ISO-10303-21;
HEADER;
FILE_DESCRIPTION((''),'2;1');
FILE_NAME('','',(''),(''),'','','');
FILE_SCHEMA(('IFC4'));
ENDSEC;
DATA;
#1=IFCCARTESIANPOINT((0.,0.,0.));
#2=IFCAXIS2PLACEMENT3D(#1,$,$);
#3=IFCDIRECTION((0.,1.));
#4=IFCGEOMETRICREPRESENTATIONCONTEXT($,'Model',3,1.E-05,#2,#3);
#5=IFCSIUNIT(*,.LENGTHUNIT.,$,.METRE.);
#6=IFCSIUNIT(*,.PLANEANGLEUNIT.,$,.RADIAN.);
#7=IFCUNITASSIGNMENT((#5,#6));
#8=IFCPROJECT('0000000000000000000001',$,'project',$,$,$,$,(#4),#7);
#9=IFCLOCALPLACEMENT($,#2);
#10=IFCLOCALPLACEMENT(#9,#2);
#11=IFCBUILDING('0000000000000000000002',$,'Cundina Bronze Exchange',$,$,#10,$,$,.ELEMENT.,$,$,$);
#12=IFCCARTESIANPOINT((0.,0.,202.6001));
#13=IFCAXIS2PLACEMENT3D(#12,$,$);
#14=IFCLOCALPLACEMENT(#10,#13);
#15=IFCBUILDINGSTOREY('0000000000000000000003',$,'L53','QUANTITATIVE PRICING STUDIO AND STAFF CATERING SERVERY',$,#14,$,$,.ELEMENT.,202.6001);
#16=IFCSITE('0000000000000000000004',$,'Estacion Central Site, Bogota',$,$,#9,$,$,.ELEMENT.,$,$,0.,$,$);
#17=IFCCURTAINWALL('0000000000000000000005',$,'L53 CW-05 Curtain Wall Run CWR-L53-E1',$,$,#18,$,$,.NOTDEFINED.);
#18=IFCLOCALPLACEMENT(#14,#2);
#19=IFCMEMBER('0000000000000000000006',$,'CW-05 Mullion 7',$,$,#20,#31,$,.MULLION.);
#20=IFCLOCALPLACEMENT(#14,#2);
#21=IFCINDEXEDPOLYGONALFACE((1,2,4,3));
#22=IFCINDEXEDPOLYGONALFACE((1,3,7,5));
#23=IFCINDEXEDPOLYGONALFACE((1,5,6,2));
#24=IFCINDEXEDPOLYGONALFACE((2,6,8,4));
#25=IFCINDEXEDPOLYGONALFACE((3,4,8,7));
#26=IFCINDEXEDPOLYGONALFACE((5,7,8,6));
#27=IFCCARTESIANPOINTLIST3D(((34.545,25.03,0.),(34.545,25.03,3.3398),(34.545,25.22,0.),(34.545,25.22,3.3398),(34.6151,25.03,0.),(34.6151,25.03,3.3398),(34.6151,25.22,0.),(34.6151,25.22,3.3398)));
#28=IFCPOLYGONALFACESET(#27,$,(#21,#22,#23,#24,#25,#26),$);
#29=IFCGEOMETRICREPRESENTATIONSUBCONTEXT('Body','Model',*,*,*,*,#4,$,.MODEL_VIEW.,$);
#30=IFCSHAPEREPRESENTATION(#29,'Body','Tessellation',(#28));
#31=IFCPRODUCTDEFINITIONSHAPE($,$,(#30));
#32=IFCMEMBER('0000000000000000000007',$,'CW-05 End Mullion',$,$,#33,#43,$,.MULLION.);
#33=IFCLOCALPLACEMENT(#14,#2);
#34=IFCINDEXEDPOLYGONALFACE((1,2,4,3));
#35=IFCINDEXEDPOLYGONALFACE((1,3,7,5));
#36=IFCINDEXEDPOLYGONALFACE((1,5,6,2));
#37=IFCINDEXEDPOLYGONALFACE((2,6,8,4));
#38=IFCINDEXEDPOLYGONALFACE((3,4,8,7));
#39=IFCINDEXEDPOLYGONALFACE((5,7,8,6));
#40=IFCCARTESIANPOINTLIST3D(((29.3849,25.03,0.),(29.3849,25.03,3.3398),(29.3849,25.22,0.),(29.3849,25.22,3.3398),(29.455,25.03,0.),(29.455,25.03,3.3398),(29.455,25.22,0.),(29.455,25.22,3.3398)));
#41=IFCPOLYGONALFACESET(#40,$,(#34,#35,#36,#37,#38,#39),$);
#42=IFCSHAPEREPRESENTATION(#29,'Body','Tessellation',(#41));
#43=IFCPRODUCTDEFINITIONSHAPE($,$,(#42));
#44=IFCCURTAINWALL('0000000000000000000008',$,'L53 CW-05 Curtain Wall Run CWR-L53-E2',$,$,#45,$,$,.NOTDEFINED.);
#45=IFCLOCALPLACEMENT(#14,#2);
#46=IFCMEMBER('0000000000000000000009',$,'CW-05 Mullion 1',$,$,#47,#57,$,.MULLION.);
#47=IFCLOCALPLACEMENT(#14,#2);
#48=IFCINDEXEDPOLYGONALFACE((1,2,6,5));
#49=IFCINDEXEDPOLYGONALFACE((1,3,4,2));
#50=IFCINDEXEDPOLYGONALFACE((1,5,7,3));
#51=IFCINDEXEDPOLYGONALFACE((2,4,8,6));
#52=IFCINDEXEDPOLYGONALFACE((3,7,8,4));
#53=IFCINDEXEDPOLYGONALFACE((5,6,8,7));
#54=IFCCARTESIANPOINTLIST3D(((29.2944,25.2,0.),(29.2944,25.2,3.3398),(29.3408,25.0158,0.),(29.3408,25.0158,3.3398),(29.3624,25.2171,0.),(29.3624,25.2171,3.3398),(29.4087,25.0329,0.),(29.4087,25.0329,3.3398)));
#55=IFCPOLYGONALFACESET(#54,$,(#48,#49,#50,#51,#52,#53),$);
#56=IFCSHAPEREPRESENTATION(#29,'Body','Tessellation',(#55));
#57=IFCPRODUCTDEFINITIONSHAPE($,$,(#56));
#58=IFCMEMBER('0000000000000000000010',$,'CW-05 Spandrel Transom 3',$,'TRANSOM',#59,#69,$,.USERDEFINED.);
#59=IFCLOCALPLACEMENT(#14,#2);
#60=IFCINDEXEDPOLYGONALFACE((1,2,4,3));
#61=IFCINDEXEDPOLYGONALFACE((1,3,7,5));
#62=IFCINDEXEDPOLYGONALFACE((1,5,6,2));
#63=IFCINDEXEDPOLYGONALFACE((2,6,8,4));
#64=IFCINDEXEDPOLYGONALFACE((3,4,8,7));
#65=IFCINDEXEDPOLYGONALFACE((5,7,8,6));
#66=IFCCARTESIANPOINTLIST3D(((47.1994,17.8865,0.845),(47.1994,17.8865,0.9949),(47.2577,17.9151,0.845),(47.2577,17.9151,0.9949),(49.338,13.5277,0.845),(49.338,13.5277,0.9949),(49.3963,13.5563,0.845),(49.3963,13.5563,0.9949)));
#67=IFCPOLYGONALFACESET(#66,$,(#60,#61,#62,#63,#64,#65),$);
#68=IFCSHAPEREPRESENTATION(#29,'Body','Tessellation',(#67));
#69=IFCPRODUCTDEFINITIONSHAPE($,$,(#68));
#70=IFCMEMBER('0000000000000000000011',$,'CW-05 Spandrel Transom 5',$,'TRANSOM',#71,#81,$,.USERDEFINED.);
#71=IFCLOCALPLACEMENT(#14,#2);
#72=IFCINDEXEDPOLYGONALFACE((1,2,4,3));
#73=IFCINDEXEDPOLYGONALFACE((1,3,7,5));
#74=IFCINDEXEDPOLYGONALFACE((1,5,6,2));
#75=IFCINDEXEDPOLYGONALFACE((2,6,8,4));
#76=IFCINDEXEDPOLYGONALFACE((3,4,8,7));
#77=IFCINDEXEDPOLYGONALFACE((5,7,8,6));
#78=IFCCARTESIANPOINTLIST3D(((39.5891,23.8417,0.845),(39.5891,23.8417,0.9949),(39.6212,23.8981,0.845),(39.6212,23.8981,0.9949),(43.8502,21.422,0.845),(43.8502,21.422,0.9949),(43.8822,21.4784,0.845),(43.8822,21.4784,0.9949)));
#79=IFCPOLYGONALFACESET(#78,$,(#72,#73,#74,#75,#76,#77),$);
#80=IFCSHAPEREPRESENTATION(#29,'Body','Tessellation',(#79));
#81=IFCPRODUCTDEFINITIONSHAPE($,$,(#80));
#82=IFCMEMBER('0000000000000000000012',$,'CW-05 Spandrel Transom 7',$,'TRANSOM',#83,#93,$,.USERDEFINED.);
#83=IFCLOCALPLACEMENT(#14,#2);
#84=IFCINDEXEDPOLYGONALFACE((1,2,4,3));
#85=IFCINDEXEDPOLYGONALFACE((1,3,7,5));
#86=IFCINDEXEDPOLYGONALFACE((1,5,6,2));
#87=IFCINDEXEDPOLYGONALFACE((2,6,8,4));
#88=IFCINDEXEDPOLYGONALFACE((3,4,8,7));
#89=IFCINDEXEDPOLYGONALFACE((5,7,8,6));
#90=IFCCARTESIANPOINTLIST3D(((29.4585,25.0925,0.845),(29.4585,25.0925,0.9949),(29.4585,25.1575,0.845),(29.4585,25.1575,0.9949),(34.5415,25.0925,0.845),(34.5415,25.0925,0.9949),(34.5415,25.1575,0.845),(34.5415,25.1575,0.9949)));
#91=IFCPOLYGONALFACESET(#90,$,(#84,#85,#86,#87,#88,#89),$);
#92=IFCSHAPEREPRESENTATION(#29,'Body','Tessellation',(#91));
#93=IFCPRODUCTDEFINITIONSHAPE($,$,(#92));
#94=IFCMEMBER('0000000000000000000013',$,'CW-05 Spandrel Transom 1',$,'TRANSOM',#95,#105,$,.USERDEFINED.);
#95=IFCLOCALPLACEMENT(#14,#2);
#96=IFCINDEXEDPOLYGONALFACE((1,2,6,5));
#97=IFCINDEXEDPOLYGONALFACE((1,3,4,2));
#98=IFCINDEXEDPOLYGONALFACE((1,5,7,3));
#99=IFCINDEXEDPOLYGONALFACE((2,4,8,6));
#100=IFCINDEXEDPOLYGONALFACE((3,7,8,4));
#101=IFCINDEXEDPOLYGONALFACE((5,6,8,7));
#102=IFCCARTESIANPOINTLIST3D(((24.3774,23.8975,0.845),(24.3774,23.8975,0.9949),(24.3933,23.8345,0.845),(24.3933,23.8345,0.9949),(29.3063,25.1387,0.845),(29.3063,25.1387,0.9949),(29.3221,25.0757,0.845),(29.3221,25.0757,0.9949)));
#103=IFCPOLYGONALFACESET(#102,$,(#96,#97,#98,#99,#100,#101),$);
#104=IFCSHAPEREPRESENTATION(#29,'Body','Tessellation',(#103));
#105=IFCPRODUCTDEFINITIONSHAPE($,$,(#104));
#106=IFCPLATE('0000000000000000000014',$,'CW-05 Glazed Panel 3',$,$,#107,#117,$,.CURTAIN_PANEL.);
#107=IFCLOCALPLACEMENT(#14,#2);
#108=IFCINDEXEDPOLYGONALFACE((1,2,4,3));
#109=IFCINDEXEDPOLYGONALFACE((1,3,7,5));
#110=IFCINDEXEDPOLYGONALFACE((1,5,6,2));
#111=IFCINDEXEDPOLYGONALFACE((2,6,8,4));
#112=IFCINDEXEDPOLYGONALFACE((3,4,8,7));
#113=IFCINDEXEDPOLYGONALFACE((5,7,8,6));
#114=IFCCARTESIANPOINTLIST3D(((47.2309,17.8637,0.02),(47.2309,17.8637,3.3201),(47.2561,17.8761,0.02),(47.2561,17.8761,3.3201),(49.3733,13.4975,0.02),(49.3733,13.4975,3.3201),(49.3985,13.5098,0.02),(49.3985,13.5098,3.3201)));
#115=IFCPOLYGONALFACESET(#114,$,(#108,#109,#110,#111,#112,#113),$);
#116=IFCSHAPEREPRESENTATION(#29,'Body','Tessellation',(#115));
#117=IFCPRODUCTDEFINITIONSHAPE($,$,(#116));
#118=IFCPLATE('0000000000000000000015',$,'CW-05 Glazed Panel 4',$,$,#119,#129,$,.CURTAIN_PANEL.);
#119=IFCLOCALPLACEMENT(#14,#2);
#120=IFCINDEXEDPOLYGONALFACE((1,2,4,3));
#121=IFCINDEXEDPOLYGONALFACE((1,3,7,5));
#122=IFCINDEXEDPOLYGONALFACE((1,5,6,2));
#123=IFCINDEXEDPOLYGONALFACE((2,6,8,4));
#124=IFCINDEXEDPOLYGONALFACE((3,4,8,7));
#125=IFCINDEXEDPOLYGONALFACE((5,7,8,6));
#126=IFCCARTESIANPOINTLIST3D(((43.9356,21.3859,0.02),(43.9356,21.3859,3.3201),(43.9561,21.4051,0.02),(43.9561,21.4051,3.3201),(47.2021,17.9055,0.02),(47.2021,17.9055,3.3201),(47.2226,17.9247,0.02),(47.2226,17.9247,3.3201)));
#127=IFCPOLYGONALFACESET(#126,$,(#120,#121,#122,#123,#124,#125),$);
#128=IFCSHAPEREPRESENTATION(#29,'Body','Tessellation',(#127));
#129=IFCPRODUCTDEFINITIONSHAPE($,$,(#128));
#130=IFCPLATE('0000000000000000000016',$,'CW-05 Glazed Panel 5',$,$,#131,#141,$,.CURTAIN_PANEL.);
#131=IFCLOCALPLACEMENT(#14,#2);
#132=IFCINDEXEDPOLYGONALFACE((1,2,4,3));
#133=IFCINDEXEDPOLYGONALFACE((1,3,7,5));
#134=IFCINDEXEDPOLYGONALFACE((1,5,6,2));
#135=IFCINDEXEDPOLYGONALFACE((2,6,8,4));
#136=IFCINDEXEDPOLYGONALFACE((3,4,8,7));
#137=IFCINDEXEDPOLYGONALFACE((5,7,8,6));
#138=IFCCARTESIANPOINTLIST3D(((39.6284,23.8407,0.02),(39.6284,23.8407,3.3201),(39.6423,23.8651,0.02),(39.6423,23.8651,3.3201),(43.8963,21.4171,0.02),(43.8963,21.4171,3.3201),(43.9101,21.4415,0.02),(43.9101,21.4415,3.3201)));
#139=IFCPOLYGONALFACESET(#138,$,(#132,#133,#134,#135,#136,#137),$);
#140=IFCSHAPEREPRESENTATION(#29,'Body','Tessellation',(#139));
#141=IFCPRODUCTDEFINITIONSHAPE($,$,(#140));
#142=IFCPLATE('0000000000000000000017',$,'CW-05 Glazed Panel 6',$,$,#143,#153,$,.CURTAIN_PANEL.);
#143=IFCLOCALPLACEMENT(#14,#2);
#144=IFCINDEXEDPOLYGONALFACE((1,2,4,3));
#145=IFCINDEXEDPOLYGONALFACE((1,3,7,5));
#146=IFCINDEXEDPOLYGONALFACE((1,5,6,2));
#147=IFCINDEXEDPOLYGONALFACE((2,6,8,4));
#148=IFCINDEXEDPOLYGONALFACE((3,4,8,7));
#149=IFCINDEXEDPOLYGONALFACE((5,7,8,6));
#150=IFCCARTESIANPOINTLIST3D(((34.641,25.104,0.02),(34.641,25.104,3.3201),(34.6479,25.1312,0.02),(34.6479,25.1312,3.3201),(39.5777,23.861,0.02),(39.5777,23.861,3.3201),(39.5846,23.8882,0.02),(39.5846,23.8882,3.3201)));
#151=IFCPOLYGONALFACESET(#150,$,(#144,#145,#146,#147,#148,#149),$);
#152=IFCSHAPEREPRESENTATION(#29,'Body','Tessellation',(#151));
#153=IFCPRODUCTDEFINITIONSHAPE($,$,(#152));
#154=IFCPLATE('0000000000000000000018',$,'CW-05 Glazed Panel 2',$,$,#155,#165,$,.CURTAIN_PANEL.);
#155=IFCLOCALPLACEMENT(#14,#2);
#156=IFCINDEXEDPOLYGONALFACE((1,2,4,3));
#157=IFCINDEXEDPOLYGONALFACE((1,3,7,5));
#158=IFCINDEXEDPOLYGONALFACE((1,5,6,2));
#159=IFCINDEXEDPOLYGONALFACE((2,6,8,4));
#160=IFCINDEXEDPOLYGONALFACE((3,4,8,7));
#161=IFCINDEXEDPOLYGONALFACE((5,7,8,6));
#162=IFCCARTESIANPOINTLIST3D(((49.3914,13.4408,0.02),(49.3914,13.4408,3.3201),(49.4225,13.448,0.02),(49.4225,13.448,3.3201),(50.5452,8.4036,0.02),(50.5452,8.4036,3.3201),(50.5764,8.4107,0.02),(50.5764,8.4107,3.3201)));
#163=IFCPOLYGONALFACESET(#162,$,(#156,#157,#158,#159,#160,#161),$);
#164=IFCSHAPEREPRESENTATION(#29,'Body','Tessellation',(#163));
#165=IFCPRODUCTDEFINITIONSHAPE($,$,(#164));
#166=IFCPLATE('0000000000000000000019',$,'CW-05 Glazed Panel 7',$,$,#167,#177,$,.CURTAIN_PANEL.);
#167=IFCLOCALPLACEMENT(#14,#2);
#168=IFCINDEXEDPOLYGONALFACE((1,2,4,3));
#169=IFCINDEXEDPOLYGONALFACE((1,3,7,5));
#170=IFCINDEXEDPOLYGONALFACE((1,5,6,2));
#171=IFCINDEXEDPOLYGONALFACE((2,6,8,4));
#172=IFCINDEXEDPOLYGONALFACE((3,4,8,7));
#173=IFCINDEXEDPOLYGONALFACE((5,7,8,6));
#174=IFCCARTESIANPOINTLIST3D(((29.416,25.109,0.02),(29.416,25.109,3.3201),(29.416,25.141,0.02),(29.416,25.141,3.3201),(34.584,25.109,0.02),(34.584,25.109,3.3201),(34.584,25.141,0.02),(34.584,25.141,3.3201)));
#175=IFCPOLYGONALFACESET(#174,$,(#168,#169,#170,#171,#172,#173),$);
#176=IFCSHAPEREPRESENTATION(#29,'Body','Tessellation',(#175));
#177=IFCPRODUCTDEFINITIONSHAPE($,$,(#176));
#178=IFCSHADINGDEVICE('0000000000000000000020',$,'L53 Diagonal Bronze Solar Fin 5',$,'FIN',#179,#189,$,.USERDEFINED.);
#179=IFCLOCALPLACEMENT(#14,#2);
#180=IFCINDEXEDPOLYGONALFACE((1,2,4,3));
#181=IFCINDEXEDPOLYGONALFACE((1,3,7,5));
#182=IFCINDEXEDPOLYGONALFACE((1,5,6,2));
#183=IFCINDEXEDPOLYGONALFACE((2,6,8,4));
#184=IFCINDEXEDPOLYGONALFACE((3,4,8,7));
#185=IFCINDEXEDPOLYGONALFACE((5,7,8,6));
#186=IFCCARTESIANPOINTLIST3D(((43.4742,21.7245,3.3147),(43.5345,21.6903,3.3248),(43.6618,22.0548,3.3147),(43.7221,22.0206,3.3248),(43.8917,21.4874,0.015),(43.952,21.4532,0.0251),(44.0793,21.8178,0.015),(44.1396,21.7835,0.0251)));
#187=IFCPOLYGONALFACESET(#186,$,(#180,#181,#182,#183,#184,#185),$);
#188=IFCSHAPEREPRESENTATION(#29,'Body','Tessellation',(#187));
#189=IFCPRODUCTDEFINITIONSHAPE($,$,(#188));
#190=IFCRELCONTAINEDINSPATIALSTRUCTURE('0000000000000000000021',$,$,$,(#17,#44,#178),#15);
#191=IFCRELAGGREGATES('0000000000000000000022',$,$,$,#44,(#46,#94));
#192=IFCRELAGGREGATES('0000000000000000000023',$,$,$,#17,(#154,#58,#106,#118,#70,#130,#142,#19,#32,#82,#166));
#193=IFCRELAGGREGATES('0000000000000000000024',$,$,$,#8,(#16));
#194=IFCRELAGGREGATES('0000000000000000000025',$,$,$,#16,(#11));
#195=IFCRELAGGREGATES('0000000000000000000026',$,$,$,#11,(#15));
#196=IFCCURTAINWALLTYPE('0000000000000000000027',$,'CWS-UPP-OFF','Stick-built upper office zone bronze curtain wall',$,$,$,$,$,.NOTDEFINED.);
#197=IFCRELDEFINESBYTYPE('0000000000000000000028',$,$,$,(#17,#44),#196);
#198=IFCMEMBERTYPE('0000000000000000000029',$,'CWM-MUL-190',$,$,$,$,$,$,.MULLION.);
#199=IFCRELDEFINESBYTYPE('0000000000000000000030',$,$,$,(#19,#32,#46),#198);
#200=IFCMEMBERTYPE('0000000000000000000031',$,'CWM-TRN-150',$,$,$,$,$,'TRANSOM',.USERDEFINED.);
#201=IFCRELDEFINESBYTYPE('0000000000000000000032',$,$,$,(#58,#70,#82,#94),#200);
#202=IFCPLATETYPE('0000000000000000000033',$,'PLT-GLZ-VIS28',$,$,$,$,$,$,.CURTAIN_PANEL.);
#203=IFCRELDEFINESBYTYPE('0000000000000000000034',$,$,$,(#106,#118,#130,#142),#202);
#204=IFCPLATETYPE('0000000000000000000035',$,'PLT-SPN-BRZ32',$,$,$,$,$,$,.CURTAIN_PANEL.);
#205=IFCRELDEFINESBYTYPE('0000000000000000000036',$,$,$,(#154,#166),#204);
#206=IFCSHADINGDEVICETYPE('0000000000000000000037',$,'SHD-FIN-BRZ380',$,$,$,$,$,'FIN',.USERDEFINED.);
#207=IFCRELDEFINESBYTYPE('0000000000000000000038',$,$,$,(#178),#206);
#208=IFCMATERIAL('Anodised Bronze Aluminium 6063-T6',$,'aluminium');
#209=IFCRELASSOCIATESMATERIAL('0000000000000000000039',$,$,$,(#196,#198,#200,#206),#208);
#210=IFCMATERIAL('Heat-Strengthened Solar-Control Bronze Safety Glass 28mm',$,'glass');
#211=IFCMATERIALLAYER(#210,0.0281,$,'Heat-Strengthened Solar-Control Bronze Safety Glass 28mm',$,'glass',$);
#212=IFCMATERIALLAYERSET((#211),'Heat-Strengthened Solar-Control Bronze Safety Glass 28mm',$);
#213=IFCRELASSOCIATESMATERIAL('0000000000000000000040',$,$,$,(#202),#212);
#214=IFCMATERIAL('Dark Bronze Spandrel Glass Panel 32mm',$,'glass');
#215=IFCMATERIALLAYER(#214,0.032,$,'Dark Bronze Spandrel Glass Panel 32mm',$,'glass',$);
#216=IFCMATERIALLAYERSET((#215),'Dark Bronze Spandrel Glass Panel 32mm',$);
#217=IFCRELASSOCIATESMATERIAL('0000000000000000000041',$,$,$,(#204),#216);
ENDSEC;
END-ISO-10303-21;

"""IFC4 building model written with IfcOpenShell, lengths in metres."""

from ifc_helpers import new_model, si_unit, direction, frame, origin, origin_2d, place, context, subcontext, project, spatial, rectangle, extrude, material, layer, layer_set, material_profile, profile_set, type_object, element, aggregate, save


model = new_model("IFC4")

# Units and contexts
model_context = context("Model", 3, precision=1e-05, world=origin(), true_north=direction((0.0, 1.0)))
body_context = subcontext(model_context, "Body", "Model", "MODEL_VIEW")
ifc_project = project(units=[si_unit("LENGTHUNIT", "METRE"), si_unit("PLANEANGLEUNIT", "RADIAN")], contexts=[model_context])

# Site, building, storey
site_placement = place(None, origin())
site = spatial("IfcSite", under=ifc_project, at=site_placement, Name="Estacion Central Site, Bogota", CompositionType="ELEMENT", RefElevation=0.0)
building_placement = place(site_placement, origin())
building = spatial("IfcBuilding", under=site, at=building_placement, Name="Cundina Bronze Exchange", CompositionType="ELEMENT")
storey_placement = place(building_placement, frame((0.0, 0.0, 202.6001)))
storey = spatial("IfcBuildingStorey", under=building, at=storey_placement, Name="L53", Description="QUANTITATIVE PRICING STUDIO AND STAFF CATERING SERVERY", CompositionType="ELEMENT", Elevation=202.6001)

# Curtain wall, members
ifc_material_1 = material(Name="Anodised Bronze Aluminium 6063-T6", Category="aluminium")
curtain_wall_type = type_object("IfcCurtainWallType", Name="CWS-UPP-OFF", Description="Stick-built upper office zone bronze curtain wall", PredefinedType="NOTDEFINED", material=ifc_material_1)
curtain_wall_1_placement = place(storey_placement, origin())
curtain_wall_1 = element("IfcCurtainWall", 1, at=curtain_wall_1_placement, inside=storey, type_object=curtain_wall_type, Name="L53 CW-05 Curtain Wall Run CWR-L53-E1", PredefinedType="NOTDEFINED")
ifc_material_profile_1 = material_profile(ifc_material_1, rectangle(XDim=0.0701, YDim=0.1899, at=origin_2d()), Name="AL70X190", Category="aluminium")
ifc_profile_set_1 = profile_set([ifc_material_profile_1], Name="Anodised Bronze Aluminium 6063-T6")
member_type_1 = type_object("IfcMemberType", Name="CWM-MUL-190", PredefinedType="MULLION", material=ifc_profile_set_1)
member_1_placement = place(storey_placement, frame((34.5801, 25.125, 0.0), z_axis=(0.0, 0.0, 1.0), x_axis=(-1.0, 0.0, 0.0)))
member_1 = element("IfcMember", 2, at=member_1_placement, type_object=member_type_1, Name="CW-05 Mullion 7", PredefinedType="MULLION", context=body_context, shape_type="SweptSolid", body=[
    extrude(rectangle(XDim=0.0701, YDim=0.1899, at=origin_2d()), origin(), (0.0, 0.0, 1.0), 3.3398),
])
member_2_placement = place(storey_placement, frame((29.4199, 25.125, 0.0), z_axis=(0.0, 0.0, 1.0), x_axis=(-1.0, 0.0, 0.0)))
member_2 = element("IfcMember", 3, at=member_2_placement, type_object=member_type_1, Name="CW-05 End Mullion", PredefinedType="MULLION", context=body_context, shape_type="SweptSolid", body=[
    extrude(rectangle(XDim=0.0701, YDim=0.1899, at=origin_2d()), origin(), (0.0, 0.0, 1.0), 3.3398),
])

# Curtain wall, member
curtain_wall_2_placement = place(storey_placement, origin())
curtain_wall_2 = element("IfcCurtainWall", 4, at=curtain_wall_2_placement, inside=storey, type_object=curtain_wall_type, Name="L53 CW-05 Curtain Wall Run CWR-L53-E2", PredefinedType="NOTDEFINED")
member_3_placement = place(storey_placement, frame((29.3516, 25.1165, 0.0), z_axis=(0.0, 0.0, 1.0), x_axis=(-0.969744, -0.244123, 0.0)))
member_3 = element("IfcMember", 5, at=member_3_placement, type_object=member_type_1, Name="CW-05 Mullion 1", PredefinedType="MULLION", context=body_context, shape_type="SweptSolid", body=[
    extrude(rectangle(XDim=0.0701, YDim=0.1899, at=origin_2d()), origin(), (0.0, 0.0, 1.0), 3.3398),
])

# Members
ifc_material_profile_2 = material_profile(ifc_material_1, rectangle(XDim=0.0649, YDim=0.1499, at=origin_2d()), Name="AL65X150", Category="aluminium")
ifc_profile_set_2 = profile_set([ifc_material_profile_2], Name="Anodised Bronze Aluminium 6063-T6")
member_type_2 = type_object("IfcMemberType", Name="CWM-TRN-150", ElementType="TRANSOM", PredefinedType="USERDEFINED", material=ifc_profile_set_2)
member_4_placement = place(storey_placement, frame((49.3672, 13.542, 0.9199), z_axis=(-0.440483, 0.897761, 0.0), x_axis=(-0.897761, -0.440483, 0.0)))
member_4 = element("IfcMember", 6, at=member_4_placement, type_object=member_type_2, Name="CW-05 Spandrel Transom 3", ObjectType="TRANSOM", PredefinedType="USERDEFINED", context=body_context, shape_type="SweptSolid", body=[
    extrude(rectangle(XDim=0.0649, YDim=0.1499, at=origin_2d()), origin(), (0.0, 0.0, 1.0), 4.8552),
])
member_5_placement = place(storey_placement, frame((43.8662, 21.4502, 0.9199), z_axis=(-0.869574, 0.493803, 0.0), x_axis=(-0.493803, -0.869574, 0.0)))
member_5 = element("IfcMember", 7, at=member_5_placement, type_object=member_type_2, Name="CW-05 Spandrel Transom 5", ObjectType="TRANSOM", PredefinedType="USERDEFINED", context=body_context, shape_type="SweptSolid", body=[
    extrude(rectangle(XDim=0.0649, YDim=0.1499, at=origin_2d()), origin(), (0.0, 0.0, 1.0), 4.9001),
])
member_6_placement = place(storey_placement, frame((34.5415, 25.125, 0.9199), z_axis=(-1.0, 0.0, 0.0), x_axis=(0.0, -1.0, 0.0)))
member_6 = element("IfcMember", 8, at=member_6_placement, type_object=member_type_2, Name="CW-05 Spandrel Transom 7", ObjectType="TRANSOM", PredefinedType="USERDEFINED", context=body_context, shape_type="SweptSolid", body=[
    extrude(rectangle(XDim=0.0649, YDim=0.1499, at=origin_2d()), origin(), (0.0, 0.0, 1.0), 5.083),
])
member_7_placement = place(storey_placement, frame((29.3142, 25.1072, 0.9199), z_axis=(-0.969726, -0.244197, 0.0), x_axis=(0.244197, -0.969726, 0.0)))
member_7 = element("IfcMember", 9, at=member_7_placement, type_object=member_type_2, Name="CW-05 Spandrel Transom 1", ObjectType="TRANSOM", PredefinedType="USERDEFINED", context=body_context, shape_type="SweptSolid", body=[
    extrude(rectangle(XDim=0.0649, YDim=0.1499, at=origin_2d()), origin(), (0.0, 0.0, 1.0), 5.0828),
])
aggregate(curtain_wall_2, [member_3, member_7])

# Plates
ifc_material_2 = material(Name="Heat-Strengthened Solar-Control Bronze Safety Glass 28mm", Category="glass")
ifc_layer_1 = layer(ifc_material_2, 0.0281, Name="Heat-Strengthened Solar-Control Bronze Safety Glass 28mm", Category="glass")
ifc_layer_set_1 = layer_set([ifc_layer_1], Name="Heat-Strengthened Solar-Control Bronze Safety Glass 28mm")
plate_type_1 = type_object("IfcPlateType", Name="PLT-GLZ-VIS28", PredefinedType="CURTAIN_PANEL", material=ifc_layer_set_1)
plate_1_placement = place(storey_placement, frame((48.3147, 15.6868, 0.02), z_axis=(0.0, 0.0, 1.0), x_axis=(-0.440503, 0.897751, 0.0)))
plate_1 = element("IfcPlate", 10, at=plate_1_placement, type_object=plate_type_1, Name="CW-05 Glazed Panel 3", PredefinedType="CURTAIN_PANEL", context=body_context, shape_type="SweptSolid", body=[
    extrude(rectangle(XDim=4.8635, YDim=0.0281, at=origin_2d()), origin(), (0.0, 0.0, 1.0), 3.3),
])
plate_2_placement = place(storey_placement, frame((45.5791, 19.6553, 0.02), z_axis=(0.0, 0.0, 1.0), x_axis=(-0.684344, 0.72916, 0.0)))
plate_2 = element("IfcPlate", 11, at=plate_2_placement, type_object=plate_type_1, Name="CW-05 Glazed Panel 4", PredefinedType="CURTAIN_PANEL", context=body_context, shape_type="SweptSolid", body=[
    extrude(rectangle(XDim=4.7732, YDim=0.0281, at=origin_2d()), origin(), (0.0, 0.0, 1.0), 3.3),
])
plate_3_placement = place(storey_placement, frame((41.7693, 22.6411, 0.02), z_axis=(0.0, 0.0, 1.0), x_axis=(-0.869573, 0.493805, 0.0)))
plate_3 = element("IfcPlate", 12, at=plate_3_placement, type_object=plate_type_1, Name="CW-05 Glazed Panel 5", PredefinedType="CURTAIN_PANEL", context=body_context, shape_type="SweptSolid", body=[
    extrude(rectangle(XDim=4.908, YDim=0.0281, at=origin_2d()), origin(), (0.0, 0.0, 1.0), 3.3),
])
plate_4_placement = place(storey_placement, frame((37.1128, 24.4961, 0.02), z_axis=(0.0, 0.0, 1.0), x_axis=(-0.969732, 0.244174, 0.0)))
plate_4 = element("IfcPlate", 13, at=plate_4_placement, type_object=plate_type_1, Name="CW-05 Glazed Panel 6", PredefinedType="CURTAIN_PANEL", context=body_context, shape_type="SweptSolid", body=[
    extrude(rectangle(XDim=5.0908, YDim=0.0281, at=origin_2d()), origin(), (0.0, 0.0, 1.0), 3.3),
])
ifc_material_3 = material(Name="Dark Bronze Spandrel Glass Panel 32mm", Category="glass")
ifc_layer_2 = layer(ifc_material_3, 0.032, Name="Dark Bronze Spandrel Glass Panel 32mm", Category="glass")
ifc_layer_set_2 = layer_set([ifc_layer_2], Name="Dark Bronze Spandrel Glass Panel 32mm")
plate_type_2 = type_object("IfcPlateType", Name="PLT-SPN-BRZ32", PredefinedType="CURTAIN_PANEL", material=ifc_layer_set_2)
plate_5_placement = place(storey_placement, frame((49.9839, 10.9258, 0.02), z_axis=(0.0, 0.0, 1.0), x_axis=(-0.223284, 0.974753, 0.0)))
plate_5 = element("IfcPlate", 14, at=plate_5_placement, type_object=plate_type_2, Name="CW-05 Glazed Panel 2", PredefinedType="CURTAIN_PANEL", context=body_context, shape_type="SweptSolid", body=[
    extrude(rectangle(XDim=5.1677, YDim=0.032, at=origin_2d()), origin(), (0.0, 0.0, 1.0), 3.3),
])
plate_6_placement = place(storey_placement, frame((32.0, 25.125, 0.02), z_axis=(0.0, 0.0, 1.0), x_axis=(-1.0, 0.0, 0.0)))
plate_6 = element("IfcPlate", 15, at=plate_6_placement, type_object=plate_type_2, Name="CW-05 Glazed Panel 7", PredefinedType="CURTAIN_PANEL", context=body_context, shape_type="SweptSolid", body=[
    extrude(rectangle(XDim=5.168, YDim=0.032, at=origin_2d()), origin(), (0.0, 0.0, 1.0), 3.3),
])
aggregate(curtain_wall_1, [plate_5, member_4, plate_1, plate_2, member_5, plate_3, plate_4, member_1, member_2, member_6, plate_6])

# Shading device
ifc_material_profile_3 = material_profile(ifc_material_1, rectangle(XDim=0.0701, YDim=0.3799, at=origin_2d()), Name="FIN70X380", Category="aluminium")
ifc_profile_set_3 = profile_set([ifc_material_profile_3], Name="Anodised Bronze Aluminium 6063-T6")
shading_device_type = type_object("IfcShadingDeviceType", Name="SHD-FIN-BRZ380", ElementType="FIN", PredefinedType="USERDEFINED", material=ifc_profile_set_3)
for number, where, z_axis, x_axis, name in (
    (16, (44.0156, 21.6355, 0.02), (-0.125199, 0.071092, 0.989581), (0.860526, -0.488638, 0.143975), "L53 Diagonal Bronze Solar Fin 5"),
):
    element("IfcShadingDevice", number, at=place(storey_placement, frame(where, z_axis=z_axis, x_axis=x_axis)), inside=storey, type_object=shading_device_type, Name=name, ObjectType="FIN", PredefinedType="USERDEFINED", context=body_context, shape_type="SweptSolid", body=[
        extrude(rectangle(XDim=0.0701, YDim=0.3799, at=origin_2d()), origin(), (0.0, 0.0, 1.0), 3.3345),
    ])

save(model, "model.ifc")
